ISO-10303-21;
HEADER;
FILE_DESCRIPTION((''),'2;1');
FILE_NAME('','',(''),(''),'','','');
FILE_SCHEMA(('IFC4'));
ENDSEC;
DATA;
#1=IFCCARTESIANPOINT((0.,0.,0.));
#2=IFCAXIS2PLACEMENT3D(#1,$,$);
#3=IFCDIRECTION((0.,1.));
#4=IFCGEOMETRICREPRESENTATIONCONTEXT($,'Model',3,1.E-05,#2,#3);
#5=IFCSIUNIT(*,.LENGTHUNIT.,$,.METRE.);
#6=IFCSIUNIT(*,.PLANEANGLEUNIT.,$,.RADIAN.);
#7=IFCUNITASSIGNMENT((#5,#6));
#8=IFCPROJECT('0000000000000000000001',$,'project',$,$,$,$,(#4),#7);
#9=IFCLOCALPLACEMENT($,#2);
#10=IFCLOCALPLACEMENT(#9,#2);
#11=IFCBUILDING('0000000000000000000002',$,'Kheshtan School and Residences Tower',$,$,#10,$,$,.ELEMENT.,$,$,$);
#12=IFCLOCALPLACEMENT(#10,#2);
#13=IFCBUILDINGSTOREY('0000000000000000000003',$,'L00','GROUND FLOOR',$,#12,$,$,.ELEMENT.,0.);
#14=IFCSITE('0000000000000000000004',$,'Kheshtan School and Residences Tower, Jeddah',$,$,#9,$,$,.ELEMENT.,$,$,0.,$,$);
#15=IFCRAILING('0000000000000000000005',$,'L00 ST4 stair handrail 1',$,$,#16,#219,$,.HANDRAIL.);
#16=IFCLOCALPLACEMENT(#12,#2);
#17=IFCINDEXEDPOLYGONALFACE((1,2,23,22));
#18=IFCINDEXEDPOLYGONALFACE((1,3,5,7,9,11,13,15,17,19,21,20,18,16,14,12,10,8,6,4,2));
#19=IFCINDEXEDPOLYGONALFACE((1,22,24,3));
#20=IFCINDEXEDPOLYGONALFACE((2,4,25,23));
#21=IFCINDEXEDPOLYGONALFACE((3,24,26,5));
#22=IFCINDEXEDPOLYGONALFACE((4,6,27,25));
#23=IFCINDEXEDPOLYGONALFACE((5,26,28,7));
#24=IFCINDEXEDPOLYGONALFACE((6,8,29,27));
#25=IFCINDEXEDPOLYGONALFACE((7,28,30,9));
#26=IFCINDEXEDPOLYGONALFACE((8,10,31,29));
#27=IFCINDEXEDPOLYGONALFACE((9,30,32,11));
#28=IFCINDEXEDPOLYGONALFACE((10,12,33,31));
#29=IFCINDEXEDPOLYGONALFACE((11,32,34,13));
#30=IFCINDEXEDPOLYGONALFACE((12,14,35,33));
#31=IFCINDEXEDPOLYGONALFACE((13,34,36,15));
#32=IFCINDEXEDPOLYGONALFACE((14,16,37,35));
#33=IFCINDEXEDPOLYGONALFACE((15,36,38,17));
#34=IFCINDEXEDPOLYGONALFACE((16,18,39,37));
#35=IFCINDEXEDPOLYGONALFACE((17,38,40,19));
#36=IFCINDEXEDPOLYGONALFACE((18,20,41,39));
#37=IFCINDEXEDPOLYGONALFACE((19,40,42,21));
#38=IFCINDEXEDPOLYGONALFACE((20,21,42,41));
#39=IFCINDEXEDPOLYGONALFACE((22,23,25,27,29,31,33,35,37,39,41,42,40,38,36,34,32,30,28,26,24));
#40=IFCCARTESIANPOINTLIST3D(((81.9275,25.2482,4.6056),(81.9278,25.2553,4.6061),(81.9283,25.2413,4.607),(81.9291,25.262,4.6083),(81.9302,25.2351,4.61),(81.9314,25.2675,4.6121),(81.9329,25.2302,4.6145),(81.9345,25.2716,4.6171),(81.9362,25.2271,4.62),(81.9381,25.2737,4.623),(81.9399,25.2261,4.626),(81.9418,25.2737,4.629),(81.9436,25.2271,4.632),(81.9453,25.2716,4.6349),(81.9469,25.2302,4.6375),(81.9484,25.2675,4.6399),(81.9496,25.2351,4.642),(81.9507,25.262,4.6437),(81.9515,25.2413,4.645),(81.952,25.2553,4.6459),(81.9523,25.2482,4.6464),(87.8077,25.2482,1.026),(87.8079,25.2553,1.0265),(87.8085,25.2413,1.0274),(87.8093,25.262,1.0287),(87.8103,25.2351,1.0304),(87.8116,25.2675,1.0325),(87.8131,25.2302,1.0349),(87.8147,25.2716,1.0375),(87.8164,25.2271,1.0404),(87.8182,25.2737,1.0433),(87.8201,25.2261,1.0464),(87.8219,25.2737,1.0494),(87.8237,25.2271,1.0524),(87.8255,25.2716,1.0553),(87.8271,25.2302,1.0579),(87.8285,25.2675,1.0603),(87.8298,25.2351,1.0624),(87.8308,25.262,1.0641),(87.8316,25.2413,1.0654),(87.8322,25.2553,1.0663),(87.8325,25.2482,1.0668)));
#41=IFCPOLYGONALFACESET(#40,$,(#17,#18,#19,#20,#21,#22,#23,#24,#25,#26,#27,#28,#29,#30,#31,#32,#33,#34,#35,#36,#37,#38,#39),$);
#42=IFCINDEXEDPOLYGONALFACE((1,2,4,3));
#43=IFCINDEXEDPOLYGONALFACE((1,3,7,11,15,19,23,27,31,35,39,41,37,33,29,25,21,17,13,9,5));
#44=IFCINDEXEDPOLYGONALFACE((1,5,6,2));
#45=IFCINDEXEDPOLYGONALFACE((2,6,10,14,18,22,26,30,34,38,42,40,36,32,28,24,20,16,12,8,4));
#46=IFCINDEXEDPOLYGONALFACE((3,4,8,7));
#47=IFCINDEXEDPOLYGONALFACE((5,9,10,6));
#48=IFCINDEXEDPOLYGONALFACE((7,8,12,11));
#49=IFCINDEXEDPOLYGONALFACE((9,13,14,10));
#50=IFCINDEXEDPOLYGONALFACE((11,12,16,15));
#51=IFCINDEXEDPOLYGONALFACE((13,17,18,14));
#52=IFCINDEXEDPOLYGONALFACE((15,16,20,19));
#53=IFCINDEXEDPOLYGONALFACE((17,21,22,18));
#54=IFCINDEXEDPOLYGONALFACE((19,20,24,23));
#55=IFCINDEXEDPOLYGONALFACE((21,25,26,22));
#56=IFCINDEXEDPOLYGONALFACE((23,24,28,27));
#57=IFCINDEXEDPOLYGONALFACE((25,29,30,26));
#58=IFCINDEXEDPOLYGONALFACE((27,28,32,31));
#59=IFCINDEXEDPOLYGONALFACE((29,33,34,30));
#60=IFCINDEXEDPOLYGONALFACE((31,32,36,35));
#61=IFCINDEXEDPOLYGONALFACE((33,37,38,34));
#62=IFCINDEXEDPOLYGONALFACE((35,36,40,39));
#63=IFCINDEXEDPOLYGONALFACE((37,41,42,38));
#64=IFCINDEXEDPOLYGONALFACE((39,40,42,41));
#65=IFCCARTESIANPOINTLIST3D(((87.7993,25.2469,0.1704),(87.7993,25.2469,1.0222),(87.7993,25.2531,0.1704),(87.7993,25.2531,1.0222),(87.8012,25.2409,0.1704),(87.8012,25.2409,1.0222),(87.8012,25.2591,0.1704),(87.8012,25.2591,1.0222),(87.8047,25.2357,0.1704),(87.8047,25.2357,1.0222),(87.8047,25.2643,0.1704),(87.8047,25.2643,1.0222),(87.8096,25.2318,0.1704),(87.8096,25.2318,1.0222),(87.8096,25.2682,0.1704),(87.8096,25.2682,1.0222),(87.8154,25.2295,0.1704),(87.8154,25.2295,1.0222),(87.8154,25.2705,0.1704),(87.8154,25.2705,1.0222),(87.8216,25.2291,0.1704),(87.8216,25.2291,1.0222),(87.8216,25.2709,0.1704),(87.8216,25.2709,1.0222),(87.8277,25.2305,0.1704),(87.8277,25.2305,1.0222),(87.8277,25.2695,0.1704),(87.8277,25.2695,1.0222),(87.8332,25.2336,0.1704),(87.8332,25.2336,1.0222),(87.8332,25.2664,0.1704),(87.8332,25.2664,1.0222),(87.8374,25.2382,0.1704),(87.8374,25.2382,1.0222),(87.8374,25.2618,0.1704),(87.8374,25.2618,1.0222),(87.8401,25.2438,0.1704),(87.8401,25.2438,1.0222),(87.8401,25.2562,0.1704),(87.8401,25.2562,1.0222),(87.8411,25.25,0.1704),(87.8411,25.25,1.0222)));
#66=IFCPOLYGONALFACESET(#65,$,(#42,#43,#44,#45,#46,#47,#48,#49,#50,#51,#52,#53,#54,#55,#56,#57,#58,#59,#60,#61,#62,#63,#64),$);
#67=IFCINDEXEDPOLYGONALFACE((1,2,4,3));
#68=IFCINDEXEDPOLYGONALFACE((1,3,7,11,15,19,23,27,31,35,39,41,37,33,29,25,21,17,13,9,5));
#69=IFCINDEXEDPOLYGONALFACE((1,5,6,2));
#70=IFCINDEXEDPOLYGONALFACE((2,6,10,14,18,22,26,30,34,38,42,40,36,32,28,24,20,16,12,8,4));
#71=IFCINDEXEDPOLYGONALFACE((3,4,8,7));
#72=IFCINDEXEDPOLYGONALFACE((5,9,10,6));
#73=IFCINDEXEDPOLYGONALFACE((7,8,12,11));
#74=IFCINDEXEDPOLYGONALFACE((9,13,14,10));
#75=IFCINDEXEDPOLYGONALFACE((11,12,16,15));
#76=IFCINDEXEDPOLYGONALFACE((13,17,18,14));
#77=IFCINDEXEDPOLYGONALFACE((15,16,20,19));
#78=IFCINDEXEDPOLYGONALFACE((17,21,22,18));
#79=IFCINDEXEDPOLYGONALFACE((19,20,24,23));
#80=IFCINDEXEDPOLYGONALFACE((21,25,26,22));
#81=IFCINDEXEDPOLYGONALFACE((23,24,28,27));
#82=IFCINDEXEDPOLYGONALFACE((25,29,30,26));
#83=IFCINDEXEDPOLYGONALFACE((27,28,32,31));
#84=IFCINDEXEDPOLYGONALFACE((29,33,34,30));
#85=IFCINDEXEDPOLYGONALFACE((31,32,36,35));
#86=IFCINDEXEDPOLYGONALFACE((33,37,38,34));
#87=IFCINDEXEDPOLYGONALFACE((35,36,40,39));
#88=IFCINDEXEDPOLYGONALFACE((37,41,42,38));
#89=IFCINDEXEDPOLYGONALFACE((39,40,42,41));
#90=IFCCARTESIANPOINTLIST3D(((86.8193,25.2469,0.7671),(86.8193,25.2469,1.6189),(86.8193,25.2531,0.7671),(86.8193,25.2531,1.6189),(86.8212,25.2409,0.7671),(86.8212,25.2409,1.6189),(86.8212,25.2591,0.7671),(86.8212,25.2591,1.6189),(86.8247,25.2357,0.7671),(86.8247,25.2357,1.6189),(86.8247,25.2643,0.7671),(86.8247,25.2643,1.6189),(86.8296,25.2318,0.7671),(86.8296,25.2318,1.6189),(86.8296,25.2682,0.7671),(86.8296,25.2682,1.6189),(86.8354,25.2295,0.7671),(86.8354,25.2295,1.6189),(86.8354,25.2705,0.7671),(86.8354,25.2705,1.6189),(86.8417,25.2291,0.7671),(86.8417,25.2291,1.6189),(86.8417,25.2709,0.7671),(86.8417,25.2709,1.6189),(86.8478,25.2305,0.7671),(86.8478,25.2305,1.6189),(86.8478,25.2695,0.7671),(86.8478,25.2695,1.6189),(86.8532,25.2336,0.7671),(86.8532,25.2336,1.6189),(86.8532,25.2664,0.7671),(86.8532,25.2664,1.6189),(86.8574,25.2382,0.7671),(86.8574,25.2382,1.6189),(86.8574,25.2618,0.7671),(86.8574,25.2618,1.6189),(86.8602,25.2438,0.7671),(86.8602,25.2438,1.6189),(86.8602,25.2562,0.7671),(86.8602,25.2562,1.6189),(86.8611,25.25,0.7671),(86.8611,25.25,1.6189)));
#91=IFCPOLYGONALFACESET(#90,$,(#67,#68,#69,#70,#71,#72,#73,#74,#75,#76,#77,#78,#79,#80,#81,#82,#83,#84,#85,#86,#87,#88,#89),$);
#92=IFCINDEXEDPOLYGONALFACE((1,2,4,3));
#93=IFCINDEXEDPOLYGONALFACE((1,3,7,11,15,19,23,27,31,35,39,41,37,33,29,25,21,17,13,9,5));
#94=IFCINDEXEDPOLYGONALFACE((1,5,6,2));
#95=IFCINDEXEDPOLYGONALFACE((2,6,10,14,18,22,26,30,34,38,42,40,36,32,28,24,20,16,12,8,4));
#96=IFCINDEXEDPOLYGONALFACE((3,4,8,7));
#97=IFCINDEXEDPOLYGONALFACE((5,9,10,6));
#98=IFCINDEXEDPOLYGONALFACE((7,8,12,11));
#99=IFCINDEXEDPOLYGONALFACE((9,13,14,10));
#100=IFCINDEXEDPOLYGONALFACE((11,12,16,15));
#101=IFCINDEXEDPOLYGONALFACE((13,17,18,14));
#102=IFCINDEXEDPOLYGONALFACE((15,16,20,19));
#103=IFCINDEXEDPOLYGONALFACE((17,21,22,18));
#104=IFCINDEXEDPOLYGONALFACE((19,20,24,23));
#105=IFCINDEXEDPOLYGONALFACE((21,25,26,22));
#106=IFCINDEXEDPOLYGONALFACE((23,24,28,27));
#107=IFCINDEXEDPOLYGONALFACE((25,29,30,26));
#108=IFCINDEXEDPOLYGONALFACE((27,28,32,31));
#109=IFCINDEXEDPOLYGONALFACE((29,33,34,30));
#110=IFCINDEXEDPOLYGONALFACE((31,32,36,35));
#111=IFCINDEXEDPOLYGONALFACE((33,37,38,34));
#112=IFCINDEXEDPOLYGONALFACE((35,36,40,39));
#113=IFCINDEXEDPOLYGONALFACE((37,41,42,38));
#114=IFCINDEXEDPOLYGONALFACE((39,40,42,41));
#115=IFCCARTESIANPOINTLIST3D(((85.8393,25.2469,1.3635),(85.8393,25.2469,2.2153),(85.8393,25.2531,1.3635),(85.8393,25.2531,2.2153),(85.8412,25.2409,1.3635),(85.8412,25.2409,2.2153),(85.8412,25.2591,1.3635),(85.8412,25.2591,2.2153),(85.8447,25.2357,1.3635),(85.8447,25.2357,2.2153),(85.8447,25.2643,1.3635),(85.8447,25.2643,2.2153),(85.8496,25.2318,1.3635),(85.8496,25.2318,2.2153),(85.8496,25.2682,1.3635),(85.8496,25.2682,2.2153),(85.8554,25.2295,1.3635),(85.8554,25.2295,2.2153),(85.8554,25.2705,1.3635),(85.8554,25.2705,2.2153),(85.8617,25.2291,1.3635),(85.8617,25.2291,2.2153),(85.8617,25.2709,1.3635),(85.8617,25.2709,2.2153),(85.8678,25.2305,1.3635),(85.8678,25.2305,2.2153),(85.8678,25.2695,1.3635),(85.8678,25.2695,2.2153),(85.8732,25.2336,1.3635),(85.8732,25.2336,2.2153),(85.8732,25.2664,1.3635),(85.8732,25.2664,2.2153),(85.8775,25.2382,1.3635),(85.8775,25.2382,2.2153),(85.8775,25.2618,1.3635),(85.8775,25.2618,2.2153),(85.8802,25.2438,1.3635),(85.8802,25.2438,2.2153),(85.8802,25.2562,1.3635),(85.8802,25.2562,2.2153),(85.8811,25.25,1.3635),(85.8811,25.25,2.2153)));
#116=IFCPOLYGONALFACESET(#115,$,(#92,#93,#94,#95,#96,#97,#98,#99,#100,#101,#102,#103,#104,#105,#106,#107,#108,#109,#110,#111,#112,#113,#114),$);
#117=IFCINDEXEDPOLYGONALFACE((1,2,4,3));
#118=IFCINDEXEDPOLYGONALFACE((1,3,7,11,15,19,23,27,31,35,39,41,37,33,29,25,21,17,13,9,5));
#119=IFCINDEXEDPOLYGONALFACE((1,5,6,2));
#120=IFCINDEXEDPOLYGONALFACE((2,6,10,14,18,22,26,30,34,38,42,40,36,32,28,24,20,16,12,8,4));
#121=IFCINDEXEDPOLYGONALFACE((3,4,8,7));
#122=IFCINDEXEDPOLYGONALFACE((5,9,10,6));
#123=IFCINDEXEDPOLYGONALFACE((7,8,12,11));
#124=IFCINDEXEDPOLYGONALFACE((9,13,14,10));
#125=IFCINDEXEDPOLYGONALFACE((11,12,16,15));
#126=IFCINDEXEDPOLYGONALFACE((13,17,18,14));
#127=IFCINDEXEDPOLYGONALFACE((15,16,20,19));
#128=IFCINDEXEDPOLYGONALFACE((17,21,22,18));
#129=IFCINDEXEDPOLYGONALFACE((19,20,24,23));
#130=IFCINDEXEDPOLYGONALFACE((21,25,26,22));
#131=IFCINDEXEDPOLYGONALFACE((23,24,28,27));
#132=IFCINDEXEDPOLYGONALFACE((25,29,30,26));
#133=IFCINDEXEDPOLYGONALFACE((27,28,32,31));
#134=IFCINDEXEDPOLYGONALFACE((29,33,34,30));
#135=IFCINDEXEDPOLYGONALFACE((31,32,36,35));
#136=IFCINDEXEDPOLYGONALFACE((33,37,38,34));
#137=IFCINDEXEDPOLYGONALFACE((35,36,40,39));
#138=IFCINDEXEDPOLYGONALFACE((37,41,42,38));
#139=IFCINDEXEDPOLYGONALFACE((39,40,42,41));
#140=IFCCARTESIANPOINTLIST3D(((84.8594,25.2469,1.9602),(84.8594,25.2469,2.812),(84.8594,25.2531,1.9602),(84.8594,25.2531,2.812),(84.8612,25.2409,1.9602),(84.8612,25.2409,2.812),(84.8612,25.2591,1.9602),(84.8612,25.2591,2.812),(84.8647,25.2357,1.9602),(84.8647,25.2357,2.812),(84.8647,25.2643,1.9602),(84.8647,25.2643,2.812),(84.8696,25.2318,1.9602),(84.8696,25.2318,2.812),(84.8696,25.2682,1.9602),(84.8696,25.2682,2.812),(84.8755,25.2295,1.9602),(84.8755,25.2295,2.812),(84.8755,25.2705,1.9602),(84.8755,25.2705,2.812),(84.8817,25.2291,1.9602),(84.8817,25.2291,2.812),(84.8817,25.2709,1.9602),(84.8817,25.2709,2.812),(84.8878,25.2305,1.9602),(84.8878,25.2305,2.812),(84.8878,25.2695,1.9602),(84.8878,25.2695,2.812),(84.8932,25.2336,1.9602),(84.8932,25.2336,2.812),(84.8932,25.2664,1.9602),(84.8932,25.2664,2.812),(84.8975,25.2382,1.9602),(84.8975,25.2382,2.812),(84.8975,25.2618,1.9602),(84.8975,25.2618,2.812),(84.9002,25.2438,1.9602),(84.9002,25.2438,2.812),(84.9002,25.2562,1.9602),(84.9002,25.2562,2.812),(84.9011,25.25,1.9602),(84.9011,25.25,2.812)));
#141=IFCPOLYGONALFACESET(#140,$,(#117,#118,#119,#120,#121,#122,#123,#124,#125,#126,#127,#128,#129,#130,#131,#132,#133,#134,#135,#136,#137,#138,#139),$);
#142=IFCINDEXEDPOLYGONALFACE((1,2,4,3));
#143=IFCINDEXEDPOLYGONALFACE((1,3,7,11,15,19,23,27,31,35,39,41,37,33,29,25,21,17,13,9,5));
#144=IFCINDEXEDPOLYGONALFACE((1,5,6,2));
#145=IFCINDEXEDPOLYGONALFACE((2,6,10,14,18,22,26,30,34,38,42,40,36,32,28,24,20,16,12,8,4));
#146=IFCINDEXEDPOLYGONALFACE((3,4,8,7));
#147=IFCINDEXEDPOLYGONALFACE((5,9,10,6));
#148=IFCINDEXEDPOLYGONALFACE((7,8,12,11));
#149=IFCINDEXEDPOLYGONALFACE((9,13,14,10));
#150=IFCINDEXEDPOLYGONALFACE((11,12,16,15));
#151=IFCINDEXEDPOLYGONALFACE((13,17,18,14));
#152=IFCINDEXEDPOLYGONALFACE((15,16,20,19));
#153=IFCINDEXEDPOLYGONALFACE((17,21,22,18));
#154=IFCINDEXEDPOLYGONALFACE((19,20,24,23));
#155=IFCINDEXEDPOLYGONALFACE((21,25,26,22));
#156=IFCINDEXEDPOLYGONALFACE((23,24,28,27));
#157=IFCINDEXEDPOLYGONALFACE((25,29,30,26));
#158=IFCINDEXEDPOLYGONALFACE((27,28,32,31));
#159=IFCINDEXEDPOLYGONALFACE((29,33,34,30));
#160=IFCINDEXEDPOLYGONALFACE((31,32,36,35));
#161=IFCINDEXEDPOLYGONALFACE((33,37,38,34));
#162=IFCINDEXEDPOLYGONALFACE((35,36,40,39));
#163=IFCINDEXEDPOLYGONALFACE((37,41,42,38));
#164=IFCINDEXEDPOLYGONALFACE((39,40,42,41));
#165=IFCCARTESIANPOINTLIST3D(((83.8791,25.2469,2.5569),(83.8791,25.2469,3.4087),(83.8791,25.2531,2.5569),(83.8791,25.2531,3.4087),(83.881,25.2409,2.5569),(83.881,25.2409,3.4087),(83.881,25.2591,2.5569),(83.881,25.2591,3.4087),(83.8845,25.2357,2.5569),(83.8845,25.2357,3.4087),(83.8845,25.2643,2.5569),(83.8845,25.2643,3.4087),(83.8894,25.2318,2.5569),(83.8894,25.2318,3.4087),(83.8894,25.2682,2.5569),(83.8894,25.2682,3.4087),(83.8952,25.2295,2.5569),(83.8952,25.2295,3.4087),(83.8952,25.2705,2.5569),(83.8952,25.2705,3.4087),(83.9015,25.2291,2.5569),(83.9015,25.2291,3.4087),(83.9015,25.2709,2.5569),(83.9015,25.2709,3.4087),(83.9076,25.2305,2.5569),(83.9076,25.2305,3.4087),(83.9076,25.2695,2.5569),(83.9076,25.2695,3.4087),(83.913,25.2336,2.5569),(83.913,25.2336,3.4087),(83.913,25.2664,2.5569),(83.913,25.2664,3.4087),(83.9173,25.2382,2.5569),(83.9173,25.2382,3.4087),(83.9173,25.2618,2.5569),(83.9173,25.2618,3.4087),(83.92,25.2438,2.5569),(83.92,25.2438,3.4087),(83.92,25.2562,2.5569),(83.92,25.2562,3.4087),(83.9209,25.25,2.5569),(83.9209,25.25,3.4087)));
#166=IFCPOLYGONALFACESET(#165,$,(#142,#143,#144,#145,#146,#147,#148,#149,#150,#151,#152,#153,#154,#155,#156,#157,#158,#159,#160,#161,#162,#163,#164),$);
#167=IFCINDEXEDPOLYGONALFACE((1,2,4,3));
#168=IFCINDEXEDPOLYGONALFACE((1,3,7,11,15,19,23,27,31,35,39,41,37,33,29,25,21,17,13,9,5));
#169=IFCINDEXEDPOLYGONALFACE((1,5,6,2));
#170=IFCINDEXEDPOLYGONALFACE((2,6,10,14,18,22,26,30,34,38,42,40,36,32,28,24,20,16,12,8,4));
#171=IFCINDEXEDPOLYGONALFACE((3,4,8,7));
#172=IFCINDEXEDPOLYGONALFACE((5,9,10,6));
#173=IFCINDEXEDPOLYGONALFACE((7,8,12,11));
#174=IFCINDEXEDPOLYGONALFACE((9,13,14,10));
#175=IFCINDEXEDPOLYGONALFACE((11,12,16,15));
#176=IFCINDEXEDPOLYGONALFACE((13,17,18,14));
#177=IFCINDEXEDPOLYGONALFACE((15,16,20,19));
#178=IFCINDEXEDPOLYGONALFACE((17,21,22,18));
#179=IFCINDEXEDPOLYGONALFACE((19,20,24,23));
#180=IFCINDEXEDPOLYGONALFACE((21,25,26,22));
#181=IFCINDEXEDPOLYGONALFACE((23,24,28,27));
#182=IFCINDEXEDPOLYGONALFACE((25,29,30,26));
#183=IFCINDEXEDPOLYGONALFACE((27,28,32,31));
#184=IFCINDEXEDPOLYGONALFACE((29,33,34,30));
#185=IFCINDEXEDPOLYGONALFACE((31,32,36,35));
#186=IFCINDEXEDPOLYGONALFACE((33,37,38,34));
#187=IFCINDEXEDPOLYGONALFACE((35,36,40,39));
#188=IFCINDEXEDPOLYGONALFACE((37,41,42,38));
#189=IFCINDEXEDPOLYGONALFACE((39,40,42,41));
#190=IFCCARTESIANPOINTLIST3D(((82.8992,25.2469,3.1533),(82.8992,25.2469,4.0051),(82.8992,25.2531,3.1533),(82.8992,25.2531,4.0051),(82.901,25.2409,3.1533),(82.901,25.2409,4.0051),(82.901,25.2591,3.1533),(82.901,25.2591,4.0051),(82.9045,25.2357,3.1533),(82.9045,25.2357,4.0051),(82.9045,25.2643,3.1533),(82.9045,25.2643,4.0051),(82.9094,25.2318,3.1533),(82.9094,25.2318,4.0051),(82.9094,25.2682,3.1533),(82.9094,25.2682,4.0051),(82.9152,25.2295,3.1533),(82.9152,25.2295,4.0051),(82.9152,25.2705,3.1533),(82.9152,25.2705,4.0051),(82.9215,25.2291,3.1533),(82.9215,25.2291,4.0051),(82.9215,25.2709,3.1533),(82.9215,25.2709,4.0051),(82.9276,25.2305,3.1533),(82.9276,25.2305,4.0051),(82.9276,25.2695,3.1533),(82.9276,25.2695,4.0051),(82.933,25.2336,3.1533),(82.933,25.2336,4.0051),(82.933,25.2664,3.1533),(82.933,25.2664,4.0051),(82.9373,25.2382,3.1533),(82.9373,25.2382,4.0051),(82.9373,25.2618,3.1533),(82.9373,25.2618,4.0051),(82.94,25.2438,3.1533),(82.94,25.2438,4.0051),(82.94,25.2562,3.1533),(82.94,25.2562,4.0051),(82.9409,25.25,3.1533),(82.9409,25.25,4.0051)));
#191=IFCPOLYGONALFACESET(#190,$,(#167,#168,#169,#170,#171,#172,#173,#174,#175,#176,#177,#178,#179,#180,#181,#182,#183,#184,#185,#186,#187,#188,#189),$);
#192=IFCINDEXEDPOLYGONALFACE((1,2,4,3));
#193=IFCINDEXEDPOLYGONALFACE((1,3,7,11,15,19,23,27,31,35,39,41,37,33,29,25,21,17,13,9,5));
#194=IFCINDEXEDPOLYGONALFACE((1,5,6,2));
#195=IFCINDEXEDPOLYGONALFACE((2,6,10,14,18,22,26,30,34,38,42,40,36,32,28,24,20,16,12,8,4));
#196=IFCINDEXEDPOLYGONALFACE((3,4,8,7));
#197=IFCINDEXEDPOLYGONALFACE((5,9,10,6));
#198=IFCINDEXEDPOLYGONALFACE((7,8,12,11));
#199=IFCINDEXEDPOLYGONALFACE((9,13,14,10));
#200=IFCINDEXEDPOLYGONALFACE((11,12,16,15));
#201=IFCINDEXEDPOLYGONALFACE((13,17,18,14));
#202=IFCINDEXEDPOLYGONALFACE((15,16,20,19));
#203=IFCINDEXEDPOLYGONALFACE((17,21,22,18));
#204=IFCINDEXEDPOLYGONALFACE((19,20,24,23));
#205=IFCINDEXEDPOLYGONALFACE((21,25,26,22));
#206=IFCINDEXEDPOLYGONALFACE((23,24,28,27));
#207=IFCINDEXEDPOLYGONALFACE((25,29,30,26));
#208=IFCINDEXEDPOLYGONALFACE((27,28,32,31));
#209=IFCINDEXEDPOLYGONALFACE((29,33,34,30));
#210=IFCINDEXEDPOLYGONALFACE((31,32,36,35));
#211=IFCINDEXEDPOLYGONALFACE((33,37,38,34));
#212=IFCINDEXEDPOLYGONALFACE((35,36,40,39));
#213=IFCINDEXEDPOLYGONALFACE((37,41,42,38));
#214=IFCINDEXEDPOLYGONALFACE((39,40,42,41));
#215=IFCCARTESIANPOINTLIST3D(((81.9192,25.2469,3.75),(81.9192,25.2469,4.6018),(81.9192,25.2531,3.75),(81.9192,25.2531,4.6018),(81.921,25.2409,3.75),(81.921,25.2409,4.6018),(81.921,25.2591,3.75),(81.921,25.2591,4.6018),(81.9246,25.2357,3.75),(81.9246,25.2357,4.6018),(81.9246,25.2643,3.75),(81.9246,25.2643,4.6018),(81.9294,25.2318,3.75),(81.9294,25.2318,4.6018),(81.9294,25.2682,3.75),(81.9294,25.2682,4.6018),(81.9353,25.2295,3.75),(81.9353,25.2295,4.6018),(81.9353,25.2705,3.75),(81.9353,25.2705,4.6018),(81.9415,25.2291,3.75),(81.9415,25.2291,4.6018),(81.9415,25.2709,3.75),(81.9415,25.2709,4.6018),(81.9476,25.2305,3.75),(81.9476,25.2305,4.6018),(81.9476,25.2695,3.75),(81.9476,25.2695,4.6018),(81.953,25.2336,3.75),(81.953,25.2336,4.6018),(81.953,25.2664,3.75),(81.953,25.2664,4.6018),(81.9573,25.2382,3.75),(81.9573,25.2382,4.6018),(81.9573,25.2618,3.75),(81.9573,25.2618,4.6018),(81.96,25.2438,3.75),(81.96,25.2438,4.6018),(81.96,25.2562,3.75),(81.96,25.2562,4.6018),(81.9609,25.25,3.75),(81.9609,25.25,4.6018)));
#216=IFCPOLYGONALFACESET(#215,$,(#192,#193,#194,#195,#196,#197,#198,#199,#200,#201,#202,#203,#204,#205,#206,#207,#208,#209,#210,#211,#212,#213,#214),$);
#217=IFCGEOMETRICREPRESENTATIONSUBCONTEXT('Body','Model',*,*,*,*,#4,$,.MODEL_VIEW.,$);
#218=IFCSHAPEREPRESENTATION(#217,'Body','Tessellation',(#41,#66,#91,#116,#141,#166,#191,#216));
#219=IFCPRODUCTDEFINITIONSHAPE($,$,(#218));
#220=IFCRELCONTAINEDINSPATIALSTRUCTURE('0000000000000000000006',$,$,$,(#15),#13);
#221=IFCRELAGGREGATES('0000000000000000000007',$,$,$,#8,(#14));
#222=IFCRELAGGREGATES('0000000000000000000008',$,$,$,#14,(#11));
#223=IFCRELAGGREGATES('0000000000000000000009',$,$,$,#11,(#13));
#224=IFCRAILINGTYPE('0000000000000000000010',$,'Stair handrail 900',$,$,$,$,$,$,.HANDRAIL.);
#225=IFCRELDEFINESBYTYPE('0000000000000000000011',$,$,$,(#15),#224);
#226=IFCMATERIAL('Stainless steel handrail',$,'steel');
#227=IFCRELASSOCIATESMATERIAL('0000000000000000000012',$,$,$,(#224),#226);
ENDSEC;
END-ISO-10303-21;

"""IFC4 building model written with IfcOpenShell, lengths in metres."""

from ifc_helpers import new_model, si_unit, direction, frame, origin, origin_2d, place, context, subcontext, project, spatial, circle, extrude, material, type_object, element, save


model = new_model("IFC4")

# Units and contexts
model_context = context("Model", 3, precision=1e-05, world=origin(), true_north=direction((0.0, 1.0)))
body_context = subcontext(model_context, "Body", "Model", "MODEL_VIEW")
ifc_project = project(units=[si_unit("LENGTHUNIT", "METRE"), si_unit("PLANEANGLEUNIT", "RADIAN")], contexts=[model_context])

# Site, building, storey
site_placement = place(None, origin())
site = spatial("IfcSite", under=ifc_project, at=site_placement, Name="Kheshtan School and Residences Tower, Jeddah", CompositionType="ELEMENT", RefElevation=0.0)
building_placement = place(site_placement, origin())
building = spatial("IfcBuilding", under=site, at=building_placement, Name="Kheshtan School and Residences Tower", CompositionType="ELEMENT")
storey_placement = place(building_placement, origin())
storey = spatial("IfcBuildingStorey", under=building, at=storey_placement, Name="L00", Description="GROUND FLOOR", CompositionType="ELEMENT", Elevation=0.0)

# Railing
ifc_material_1 = material(Name="Stainless steel handrail", Category="steel")
railing_type_1 = type_object("IfcRailingType", Name="Stair handrail 900", PredefinedType="HANDRAIL", material=ifc_material_1)
railing_1_placement = place(storey_placement, frame((87.8201, 25.25, 0.1704)))
element("IfcRailing", 1, at=railing_1_placement, inside=storey, type_object=railing_type_1, Name="L00 ST4 stair handrail 1", PredefinedType="HANDRAIL", context=body_context, shape_type="SweptSolid", body=[
    extrude(circle(Radius=0.0239, at=origin_2d()), frame((0.0, 0.0, 0.876), z_axis=(-0.854174, 0.0, 0.519987), x_axis=(0.0, -1.0, 0.0)), (0.0, 0.0, 1.0), 6.884),
    extrude(circle(Radius=0.021, at=origin_2d()), origin(), (0.0, 0.0, 1.0), 0.8518),
    extrude(circle(Radius=0.021, at=origin_2d()), frame((-0.98, 0.0, 0.5967)), (0.0, 0.0, 1.0), 0.8518),
    extrude(circle(Radius=0.021, at=origin_2d()), frame((-1.96, 0.0, 1.1931)), (0.0, 0.0, 1.0), 0.8518),
    extrude(circle(Radius=0.021, at=origin_2d()), frame((-2.9399, 0.0, 1.7898)), (0.0, 0.0, 1.0), 0.8518),
    extrude(circle(Radius=0.021, at=origin_2d()), frame((-3.9202, 0.0, 2.3865)), (0.0, 0.0, 1.0), 0.8518),
    extrude(circle(Radius=0.021, at=origin_2d()), frame((-4.9001, 0.0, 2.9829)), (0.0, 0.0, 1.0), 0.8518),
    extrude(circle(Radius=0.021, at=origin_2d()), frame((-5.8801, 0.0, 3.5796)), (0.0, 0.0, 1.0), 0.8518),
])

save(model, "model.ifc")
